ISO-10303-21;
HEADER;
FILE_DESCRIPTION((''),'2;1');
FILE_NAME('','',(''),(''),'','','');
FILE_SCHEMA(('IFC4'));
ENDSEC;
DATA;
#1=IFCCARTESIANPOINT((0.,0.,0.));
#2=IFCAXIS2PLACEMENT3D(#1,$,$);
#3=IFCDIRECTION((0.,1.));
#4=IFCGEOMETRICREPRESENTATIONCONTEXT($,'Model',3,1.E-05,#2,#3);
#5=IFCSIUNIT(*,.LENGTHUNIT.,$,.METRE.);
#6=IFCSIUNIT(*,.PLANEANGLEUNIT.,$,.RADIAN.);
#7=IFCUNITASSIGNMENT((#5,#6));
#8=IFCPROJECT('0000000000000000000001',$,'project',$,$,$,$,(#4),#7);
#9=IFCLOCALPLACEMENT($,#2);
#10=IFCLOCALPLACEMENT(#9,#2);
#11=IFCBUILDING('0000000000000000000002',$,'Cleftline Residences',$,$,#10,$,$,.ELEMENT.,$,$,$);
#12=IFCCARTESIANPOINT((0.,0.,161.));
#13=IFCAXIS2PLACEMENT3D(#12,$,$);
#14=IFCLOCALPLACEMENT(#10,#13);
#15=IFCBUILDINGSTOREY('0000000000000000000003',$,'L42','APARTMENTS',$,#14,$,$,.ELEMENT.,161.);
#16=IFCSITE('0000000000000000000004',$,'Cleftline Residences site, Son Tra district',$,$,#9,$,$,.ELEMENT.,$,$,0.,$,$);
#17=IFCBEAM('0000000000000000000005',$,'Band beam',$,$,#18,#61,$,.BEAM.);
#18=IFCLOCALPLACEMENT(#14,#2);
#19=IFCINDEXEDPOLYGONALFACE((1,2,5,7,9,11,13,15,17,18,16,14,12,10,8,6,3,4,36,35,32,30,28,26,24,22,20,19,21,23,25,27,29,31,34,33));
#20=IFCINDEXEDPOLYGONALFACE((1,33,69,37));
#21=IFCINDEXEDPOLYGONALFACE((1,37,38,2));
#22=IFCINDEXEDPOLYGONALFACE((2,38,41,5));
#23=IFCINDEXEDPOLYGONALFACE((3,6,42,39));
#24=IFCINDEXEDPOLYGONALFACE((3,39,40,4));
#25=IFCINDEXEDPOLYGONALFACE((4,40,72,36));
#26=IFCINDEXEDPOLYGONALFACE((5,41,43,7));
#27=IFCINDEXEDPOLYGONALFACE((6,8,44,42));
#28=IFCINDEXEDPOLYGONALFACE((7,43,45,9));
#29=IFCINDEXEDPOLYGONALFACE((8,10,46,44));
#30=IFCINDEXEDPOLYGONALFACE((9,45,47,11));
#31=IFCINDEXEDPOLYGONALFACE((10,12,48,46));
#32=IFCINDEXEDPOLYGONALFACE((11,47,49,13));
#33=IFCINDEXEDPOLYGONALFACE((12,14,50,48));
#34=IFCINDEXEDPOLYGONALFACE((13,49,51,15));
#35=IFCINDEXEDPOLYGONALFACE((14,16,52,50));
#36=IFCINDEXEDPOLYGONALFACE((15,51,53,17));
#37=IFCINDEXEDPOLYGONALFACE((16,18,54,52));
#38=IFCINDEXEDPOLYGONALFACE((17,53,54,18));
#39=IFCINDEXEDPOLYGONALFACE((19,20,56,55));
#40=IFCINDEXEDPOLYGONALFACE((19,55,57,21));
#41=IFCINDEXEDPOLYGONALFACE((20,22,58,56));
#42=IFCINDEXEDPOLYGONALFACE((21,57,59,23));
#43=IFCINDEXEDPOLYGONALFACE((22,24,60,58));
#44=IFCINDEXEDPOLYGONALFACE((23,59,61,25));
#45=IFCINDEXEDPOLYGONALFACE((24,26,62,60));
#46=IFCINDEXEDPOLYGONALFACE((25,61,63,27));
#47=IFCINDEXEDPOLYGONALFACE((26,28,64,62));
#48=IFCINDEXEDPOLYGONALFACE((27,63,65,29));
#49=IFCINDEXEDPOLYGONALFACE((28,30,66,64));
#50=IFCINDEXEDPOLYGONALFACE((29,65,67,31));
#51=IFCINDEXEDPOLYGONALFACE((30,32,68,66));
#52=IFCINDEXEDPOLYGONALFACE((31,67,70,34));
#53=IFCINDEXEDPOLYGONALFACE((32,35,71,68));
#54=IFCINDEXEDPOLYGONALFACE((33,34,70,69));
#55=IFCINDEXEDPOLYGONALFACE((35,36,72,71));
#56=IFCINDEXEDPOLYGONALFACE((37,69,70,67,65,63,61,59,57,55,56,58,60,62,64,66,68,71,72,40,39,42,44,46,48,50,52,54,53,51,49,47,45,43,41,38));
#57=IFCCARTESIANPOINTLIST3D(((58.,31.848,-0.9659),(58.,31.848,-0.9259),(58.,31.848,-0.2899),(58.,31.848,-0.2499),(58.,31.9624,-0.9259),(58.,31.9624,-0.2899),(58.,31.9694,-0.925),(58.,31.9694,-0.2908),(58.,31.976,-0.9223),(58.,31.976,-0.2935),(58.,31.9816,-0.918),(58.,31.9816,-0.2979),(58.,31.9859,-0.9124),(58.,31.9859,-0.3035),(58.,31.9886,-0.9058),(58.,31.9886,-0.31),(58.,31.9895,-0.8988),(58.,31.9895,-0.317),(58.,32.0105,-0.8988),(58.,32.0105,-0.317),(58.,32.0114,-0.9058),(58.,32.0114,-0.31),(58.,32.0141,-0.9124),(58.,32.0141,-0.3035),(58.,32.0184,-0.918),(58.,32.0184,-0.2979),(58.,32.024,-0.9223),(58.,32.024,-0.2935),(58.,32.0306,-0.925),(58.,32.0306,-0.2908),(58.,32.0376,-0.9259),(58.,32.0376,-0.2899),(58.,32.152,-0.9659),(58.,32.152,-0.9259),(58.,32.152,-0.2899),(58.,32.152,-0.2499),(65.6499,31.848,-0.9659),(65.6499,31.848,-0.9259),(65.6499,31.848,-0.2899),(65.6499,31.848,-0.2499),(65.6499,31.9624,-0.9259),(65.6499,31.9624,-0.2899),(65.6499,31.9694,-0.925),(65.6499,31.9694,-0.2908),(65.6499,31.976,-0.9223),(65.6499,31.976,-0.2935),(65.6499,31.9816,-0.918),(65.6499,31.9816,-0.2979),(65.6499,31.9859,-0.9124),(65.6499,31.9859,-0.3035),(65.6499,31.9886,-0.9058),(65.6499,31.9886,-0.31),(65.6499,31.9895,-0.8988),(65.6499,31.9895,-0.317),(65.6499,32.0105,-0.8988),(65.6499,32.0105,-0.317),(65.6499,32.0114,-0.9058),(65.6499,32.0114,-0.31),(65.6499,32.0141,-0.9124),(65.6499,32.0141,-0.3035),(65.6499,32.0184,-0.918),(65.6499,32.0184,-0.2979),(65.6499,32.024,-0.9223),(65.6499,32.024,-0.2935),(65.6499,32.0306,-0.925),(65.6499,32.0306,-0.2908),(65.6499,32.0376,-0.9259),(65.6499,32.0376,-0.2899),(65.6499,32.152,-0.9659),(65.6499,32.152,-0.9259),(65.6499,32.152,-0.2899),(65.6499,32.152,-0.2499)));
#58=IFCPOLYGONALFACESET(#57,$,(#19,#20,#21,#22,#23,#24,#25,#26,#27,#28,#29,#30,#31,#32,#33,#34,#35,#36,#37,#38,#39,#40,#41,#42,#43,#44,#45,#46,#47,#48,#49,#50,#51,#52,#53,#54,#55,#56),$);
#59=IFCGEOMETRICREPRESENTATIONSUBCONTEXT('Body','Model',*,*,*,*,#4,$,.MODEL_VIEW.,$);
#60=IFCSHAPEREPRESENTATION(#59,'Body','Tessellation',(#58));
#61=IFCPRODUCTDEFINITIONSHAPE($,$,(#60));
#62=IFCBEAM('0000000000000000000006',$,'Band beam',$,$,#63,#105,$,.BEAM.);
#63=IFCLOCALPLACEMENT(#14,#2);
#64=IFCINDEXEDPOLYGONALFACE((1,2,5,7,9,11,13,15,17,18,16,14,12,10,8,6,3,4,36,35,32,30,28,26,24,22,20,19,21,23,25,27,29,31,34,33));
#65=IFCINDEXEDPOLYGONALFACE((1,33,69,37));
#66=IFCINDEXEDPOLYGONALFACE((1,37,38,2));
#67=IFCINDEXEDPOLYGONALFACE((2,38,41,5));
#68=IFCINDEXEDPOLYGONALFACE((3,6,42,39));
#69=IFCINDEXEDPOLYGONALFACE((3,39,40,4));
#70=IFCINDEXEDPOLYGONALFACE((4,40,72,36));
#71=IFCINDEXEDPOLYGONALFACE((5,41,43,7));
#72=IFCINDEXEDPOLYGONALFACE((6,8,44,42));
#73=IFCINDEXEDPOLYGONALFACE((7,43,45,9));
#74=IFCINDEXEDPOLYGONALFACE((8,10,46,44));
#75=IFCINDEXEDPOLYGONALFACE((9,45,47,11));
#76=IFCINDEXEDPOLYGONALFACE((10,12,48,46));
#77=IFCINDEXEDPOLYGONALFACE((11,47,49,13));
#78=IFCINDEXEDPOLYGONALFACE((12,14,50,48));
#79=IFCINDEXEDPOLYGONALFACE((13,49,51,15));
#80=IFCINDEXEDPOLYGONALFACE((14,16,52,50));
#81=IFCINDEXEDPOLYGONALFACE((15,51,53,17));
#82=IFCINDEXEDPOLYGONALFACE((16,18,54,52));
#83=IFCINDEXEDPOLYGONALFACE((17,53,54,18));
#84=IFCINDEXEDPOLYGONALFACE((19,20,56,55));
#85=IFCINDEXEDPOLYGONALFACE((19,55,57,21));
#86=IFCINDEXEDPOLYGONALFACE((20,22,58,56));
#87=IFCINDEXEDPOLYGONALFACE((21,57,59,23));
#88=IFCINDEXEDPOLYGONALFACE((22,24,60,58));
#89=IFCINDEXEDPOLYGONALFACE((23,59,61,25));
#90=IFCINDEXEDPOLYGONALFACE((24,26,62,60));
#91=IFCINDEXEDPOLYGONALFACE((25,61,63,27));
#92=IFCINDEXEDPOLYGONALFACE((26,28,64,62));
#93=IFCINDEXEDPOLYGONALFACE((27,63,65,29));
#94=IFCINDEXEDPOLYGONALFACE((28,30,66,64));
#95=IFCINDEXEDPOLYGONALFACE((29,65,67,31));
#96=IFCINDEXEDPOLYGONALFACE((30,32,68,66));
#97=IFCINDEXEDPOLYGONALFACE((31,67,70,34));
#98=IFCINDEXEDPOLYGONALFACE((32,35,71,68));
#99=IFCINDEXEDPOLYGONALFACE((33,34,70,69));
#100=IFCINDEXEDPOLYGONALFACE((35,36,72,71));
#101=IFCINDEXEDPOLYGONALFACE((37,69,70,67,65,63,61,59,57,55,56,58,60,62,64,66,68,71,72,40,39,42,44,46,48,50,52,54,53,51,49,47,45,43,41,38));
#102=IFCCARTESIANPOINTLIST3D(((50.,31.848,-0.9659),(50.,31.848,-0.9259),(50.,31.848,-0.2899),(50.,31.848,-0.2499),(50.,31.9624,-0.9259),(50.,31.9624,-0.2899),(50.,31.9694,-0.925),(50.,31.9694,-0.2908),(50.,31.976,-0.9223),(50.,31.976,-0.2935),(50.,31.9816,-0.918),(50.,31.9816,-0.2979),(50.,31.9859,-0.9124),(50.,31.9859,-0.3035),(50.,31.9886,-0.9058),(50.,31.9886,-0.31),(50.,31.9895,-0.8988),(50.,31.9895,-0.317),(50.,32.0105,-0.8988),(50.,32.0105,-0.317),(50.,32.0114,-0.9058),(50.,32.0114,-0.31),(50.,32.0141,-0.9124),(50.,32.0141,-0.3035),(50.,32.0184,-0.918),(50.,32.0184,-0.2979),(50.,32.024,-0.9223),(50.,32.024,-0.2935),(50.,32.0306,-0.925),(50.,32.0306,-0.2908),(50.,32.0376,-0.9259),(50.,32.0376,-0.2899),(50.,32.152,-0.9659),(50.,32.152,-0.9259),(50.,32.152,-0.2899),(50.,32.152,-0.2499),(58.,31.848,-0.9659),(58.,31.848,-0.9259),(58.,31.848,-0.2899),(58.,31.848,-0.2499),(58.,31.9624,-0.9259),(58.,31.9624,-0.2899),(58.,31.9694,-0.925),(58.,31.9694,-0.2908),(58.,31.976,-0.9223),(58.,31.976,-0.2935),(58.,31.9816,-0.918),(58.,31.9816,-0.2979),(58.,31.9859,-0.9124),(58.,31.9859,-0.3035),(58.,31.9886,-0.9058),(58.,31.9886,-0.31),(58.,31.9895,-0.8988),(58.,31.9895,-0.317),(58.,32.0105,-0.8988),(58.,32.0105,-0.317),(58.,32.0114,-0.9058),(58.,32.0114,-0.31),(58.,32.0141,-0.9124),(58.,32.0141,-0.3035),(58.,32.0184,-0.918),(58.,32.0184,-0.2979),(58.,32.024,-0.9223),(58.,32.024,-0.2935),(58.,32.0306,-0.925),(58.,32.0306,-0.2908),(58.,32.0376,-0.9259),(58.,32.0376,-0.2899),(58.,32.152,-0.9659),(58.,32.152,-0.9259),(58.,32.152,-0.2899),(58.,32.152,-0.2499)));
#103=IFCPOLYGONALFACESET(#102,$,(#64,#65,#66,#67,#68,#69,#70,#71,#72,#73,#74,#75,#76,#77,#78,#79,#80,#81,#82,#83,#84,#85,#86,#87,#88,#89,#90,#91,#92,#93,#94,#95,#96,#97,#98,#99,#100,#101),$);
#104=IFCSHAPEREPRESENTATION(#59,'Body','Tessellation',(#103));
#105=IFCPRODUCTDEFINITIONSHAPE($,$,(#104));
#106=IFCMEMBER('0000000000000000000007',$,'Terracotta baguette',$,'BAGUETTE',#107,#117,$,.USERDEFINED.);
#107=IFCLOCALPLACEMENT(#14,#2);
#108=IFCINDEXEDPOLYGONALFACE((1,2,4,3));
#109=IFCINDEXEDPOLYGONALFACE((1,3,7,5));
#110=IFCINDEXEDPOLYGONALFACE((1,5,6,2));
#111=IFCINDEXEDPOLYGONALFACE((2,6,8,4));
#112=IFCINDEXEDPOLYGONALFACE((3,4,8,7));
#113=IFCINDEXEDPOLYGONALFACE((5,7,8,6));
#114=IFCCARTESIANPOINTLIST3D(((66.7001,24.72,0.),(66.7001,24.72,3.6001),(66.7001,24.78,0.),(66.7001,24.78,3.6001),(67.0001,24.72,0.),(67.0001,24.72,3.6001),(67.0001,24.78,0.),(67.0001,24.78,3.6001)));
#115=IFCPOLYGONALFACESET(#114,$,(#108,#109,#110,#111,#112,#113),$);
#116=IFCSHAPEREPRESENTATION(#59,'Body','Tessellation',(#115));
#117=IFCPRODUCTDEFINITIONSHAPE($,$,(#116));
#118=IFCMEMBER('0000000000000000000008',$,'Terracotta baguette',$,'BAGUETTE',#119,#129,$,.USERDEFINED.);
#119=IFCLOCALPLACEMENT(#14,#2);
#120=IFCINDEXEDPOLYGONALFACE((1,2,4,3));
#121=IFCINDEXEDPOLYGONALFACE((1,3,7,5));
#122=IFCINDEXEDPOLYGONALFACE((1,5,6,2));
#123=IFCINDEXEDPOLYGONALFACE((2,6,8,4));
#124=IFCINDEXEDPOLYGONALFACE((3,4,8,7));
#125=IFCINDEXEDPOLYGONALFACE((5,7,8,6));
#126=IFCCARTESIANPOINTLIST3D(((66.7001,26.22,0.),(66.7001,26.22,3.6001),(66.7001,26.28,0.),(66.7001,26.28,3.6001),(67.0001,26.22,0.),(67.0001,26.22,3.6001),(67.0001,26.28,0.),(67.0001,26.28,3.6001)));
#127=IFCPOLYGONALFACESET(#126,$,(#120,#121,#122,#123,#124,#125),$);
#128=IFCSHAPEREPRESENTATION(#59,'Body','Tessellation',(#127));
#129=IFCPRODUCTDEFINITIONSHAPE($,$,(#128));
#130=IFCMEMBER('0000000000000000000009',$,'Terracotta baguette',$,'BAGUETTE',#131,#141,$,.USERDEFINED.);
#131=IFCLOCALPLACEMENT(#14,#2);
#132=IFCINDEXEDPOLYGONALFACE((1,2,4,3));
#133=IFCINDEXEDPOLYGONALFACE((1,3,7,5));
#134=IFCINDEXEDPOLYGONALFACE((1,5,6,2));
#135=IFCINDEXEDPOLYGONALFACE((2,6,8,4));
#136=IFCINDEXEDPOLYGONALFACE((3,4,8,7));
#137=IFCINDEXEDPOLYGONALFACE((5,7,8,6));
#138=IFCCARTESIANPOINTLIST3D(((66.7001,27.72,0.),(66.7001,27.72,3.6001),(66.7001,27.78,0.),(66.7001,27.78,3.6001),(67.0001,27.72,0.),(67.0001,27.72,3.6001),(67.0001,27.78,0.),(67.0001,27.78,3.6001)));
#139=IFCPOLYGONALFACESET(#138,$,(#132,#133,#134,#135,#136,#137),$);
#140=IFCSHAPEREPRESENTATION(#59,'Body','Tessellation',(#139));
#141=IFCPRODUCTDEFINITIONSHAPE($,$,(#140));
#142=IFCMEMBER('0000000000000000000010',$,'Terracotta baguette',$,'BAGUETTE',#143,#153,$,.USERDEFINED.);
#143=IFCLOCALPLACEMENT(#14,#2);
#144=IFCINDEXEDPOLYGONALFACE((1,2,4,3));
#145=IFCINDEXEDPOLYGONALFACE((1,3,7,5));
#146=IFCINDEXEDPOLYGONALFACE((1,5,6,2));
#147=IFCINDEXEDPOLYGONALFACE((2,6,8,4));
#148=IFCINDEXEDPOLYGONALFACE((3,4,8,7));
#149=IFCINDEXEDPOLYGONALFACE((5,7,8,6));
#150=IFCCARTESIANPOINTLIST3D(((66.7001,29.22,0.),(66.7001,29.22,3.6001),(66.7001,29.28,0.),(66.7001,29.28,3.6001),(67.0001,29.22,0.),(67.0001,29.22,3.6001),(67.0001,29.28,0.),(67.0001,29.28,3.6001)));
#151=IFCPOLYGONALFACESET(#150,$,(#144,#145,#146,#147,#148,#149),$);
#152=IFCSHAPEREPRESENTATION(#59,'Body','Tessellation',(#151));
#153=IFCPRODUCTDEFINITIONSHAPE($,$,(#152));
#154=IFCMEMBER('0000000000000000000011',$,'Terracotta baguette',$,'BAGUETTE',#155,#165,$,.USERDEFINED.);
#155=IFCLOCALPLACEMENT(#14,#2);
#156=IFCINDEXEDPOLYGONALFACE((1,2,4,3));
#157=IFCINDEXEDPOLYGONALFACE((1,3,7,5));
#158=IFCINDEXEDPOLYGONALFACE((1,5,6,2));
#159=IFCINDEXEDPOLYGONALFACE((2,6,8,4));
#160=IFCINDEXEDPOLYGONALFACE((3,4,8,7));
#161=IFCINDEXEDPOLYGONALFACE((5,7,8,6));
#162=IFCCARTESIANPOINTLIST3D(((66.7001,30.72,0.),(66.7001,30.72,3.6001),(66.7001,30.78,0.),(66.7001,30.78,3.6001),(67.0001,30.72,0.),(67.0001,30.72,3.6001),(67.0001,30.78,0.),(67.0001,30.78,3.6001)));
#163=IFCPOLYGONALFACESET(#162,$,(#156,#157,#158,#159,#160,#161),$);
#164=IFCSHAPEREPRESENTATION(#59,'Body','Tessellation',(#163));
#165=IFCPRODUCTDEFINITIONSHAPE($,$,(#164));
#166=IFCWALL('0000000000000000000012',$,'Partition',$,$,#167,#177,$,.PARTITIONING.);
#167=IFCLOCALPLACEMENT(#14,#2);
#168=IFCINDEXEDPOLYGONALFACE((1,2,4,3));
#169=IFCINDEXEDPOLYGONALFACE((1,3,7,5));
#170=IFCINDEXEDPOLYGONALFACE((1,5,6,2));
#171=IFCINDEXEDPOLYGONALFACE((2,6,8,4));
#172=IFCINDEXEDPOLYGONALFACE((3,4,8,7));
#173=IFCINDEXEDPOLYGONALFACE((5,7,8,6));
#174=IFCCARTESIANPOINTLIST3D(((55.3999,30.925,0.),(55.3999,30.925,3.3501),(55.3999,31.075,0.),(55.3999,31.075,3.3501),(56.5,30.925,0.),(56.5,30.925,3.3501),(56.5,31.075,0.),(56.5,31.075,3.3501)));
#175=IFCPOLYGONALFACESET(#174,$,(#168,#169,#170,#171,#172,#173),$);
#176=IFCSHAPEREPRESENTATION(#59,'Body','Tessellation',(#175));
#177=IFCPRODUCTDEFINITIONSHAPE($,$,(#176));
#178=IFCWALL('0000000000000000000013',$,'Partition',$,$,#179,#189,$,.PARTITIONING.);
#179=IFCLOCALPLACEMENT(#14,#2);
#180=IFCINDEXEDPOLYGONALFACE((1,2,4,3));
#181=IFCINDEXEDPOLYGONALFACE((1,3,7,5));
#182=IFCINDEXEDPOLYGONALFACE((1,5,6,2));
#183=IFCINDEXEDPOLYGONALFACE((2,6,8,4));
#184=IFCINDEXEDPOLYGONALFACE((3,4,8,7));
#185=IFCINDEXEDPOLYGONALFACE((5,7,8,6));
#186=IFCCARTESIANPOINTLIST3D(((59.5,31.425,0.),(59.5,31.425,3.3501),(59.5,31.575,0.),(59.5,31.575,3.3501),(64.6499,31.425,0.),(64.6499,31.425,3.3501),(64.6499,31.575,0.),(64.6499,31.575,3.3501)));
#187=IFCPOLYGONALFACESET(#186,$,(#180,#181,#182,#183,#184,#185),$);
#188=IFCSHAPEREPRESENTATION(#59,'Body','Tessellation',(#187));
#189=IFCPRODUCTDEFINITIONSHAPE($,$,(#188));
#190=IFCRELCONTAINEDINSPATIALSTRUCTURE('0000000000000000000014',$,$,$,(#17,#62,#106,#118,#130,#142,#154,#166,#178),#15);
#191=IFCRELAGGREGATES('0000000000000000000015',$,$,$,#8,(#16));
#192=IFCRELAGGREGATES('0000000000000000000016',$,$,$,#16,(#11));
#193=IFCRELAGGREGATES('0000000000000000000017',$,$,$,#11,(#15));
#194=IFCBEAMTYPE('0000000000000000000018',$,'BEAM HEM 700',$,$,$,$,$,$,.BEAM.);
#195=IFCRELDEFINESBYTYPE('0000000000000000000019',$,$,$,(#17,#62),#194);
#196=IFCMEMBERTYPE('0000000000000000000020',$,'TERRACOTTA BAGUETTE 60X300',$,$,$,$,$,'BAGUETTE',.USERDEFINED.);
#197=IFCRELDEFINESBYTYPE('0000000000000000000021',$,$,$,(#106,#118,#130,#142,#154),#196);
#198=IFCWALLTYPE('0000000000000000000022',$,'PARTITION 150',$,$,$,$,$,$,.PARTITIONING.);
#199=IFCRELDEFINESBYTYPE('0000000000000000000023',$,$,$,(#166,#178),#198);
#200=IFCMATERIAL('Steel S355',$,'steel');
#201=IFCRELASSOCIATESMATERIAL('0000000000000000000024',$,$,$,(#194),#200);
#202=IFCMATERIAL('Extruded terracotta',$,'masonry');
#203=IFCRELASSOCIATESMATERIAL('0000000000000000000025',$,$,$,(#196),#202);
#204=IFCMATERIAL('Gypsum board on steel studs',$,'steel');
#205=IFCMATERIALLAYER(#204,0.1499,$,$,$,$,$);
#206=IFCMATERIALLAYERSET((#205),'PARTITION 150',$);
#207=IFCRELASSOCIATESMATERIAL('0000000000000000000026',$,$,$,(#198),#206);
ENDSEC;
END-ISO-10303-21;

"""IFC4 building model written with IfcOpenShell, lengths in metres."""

from ifc_helpers import new_model, si_unit, direction, frame, frame_2d, origin, origin_2d, place, context, subcontext, project, spatial, rectangle, i_section, extrude, material, layer, layer_set, material_profile, profile_set, type_object, element, save


model = new_model("IFC4")

# Units and contexts
model_context = context("Model", 3, precision=1e-05, world=origin(), true_north=direction((0.0, 1.0)))
body_context = subcontext(model_context, "Body", "Model", "MODEL_VIEW")
ifc_project = project(units=[si_unit("LENGTHUNIT", "METRE"), si_unit("PLANEANGLEUNIT", "RADIAN")], contexts=[model_context])

# Site, building, storey
site_placement = place(None, origin())
site = spatial("IfcSite", under=ifc_project, at=site_placement, Name="Cleftline Residences site, Son Tra district", CompositionType="ELEMENT", RefElevation=0.0)
building_placement = place(site_placement, origin())
building = spatial("IfcBuilding", under=site, at=building_placement, Name="Cleftline Residences", CompositionType="ELEMENT")
storey_placement = place(building_placement, frame((0.0, 0.0, 161.0)))
storey = spatial("IfcBuildingStorey", under=building, at=storey_placement, Name="L42", Description="APARTMENTS", CompositionType="ELEMENT", Elevation=161.0)

# Beams
ifc_material_1 = material(Name="Steel S355", Category="steel")
ifc_material_profile_1 = material_profile(ifc_material_1, i_section(OverallWidth=0.304, OverallDepth=0.7161, WebThickness=0.021, FlangeThickness=0.04, FilletRadius=0.0271, at=origin_2d()))
ifc_profile_set_1 = profile_set([ifc_material_profile_1], Name="Steel S355")
beam_type_1 = type_object("IfcBeamType", Name="BEAM HEM 700", PredefinedType="BEAM", material=ifc_profile_set_1)
beam_1_placement = place(storey_placement, frame((65.6499, 32.0, -0.6079), z_axis=(-1.0, 0.0, 0.0), x_axis=(0.0, -1.0, 0.0)))
element("IfcBeam", 1, at=beam_1_placement, inside=storey, type_object=beam_type_1, Name="Band beam", PredefinedType="BEAM", context=body_context, shape_type="SweptSolid", body=[
    extrude(i_section(OverallWidth=0.304, OverallDepth=0.7161, WebThickness=0.021, FlangeThickness=0.04, FilletRadius=0.0271, at=origin_2d()), origin(), (0.0, 0.0, 1.0), 7.6499),
])
beam_2_placement = place(storey_placement, frame((58.0, 32.0, -0.6079), z_axis=(-1.0, 0.0, 0.0), x_axis=(0.0, -1.0, 0.0)))
element("IfcBeam", 2, at=beam_2_placement, inside=storey, type_object=beam_type_1, Name="Band beam", PredefinedType="BEAM", context=body_context, shape_type="SweptSolid", body=[
    extrude(i_section(OverallWidth=0.304, OverallDepth=0.7161, WebThickness=0.021, FlangeThickness=0.04, FilletRadius=0.0271, at=origin_2d()), origin(), (0.0, 0.0, 1.0), 8.0),
])

# Members
ifc_material_2 = material(Name="Extruded terracotta", Category="masonry")
ifc_material_profile_2 = material_profile(ifc_material_2, rectangle(XDim=0.0601, YDim=0.3, at=origin_2d()))
ifc_profile_set_2 = profile_set([ifc_material_profile_2], Name="Extruded terracotta")
member_type_1 = type_object("IfcMemberType", Name="TERRACOTTA BAGUETTE 60X300", ElementType="BAGUETTE", PredefinedType="USERDEFINED", material=ifc_profile_set_2)
for number, where, z_axis, x_axis, name in (
    (3, (66.8501, 24.75, 0.0), (0.0, 0.0, 1.0), (0.0, 1.0, 0.0), "Terracotta baguette"),
    (4, (66.8501, 26.25, 0.0), (0.0, 0.0, 1.0), (0.0, 1.0, 0.0), "Terracotta baguette"),
    (5, (66.8501, 27.75, 0.0), (0.0, 0.0, 1.0), (0.0, 1.0, 0.0), "Terracotta baguette"),
    (6, (66.8501, 29.25, 0.0), (0.0, 0.0, 1.0), (0.0, 1.0, 0.0), "Terracotta baguette"),
    (7, (66.8501, 30.75, 0.0), (0.0, 0.0, 1.0), (0.0, 1.0, 0.0), "Terracotta baguette"),
):
    element("IfcMember", number, at=place(storey_placement, frame(where, z_axis=z_axis, x_axis=x_axis)), inside=storey, type_object=member_type_1, Name=name, ObjectType="BAGUETTE", PredefinedType="USERDEFINED", context=body_context, shape_type="SweptSolid", body=[
        extrude(rectangle(XDim=0.0601, YDim=0.3, at=origin_2d()), origin(), (0.0, 0.0, 1.0), 3.6001),
    ])

# Walls
ifc_material_3 = material(Name="Gypsum board on steel studs", Category="steel")
ifc_layer_1 = layer(ifc_material_3, 0.1499)
ifc_layer_set_1 = layer_set([ifc_layer_1], Name="PARTITION 150")
wall_type_1 = type_object("IfcWallType", Name="PARTITION 150", PredefinedType="PARTITIONING", material=ifc_layer_set_1)
wall_1_placement = place(storey_placement, frame((55.3999, 31.0, 0.0), z_axis=(0.0, 0.0, 1.0), x_axis=(1.0, 0.0, 0.0)))
element("IfcWall", 8, at=wall_1_placement, inside=storey, type_object=wall_type_1, Name="Partition", PredefinedType="PARTITIONING", context=body_context, shape_type="SweptSolid", body=[
    extrude(rectangle(XDim=1.1001, YDim=0.1499, at=frame_2d((0.55, 0.0))), origin(), (0.0, 0.0, 1.0), 3.3501),
])
wall_2_placement = place(storey_placement, frame((59.5, 31.5, 0.0), z_axis=(0.0, 0.0, 1.0), x_axis=(1.0, 0.0, 0.0)))
element("IfcWall", 9, at=wall_2_placement, inside=storey, type_object=wall_type_1, Name="Partition", PredefinedType="PARTITIONING", context=body_context, shape_type="SweptSolid", body=[
    extrude(rectangle(XDim=5.1499, YDim=0.1499, at=frame_2d((2.575, 0.0))), origin(), (0.0, 0.0, 1.0), 3.3501),
])

save(model, "model.ifc")
